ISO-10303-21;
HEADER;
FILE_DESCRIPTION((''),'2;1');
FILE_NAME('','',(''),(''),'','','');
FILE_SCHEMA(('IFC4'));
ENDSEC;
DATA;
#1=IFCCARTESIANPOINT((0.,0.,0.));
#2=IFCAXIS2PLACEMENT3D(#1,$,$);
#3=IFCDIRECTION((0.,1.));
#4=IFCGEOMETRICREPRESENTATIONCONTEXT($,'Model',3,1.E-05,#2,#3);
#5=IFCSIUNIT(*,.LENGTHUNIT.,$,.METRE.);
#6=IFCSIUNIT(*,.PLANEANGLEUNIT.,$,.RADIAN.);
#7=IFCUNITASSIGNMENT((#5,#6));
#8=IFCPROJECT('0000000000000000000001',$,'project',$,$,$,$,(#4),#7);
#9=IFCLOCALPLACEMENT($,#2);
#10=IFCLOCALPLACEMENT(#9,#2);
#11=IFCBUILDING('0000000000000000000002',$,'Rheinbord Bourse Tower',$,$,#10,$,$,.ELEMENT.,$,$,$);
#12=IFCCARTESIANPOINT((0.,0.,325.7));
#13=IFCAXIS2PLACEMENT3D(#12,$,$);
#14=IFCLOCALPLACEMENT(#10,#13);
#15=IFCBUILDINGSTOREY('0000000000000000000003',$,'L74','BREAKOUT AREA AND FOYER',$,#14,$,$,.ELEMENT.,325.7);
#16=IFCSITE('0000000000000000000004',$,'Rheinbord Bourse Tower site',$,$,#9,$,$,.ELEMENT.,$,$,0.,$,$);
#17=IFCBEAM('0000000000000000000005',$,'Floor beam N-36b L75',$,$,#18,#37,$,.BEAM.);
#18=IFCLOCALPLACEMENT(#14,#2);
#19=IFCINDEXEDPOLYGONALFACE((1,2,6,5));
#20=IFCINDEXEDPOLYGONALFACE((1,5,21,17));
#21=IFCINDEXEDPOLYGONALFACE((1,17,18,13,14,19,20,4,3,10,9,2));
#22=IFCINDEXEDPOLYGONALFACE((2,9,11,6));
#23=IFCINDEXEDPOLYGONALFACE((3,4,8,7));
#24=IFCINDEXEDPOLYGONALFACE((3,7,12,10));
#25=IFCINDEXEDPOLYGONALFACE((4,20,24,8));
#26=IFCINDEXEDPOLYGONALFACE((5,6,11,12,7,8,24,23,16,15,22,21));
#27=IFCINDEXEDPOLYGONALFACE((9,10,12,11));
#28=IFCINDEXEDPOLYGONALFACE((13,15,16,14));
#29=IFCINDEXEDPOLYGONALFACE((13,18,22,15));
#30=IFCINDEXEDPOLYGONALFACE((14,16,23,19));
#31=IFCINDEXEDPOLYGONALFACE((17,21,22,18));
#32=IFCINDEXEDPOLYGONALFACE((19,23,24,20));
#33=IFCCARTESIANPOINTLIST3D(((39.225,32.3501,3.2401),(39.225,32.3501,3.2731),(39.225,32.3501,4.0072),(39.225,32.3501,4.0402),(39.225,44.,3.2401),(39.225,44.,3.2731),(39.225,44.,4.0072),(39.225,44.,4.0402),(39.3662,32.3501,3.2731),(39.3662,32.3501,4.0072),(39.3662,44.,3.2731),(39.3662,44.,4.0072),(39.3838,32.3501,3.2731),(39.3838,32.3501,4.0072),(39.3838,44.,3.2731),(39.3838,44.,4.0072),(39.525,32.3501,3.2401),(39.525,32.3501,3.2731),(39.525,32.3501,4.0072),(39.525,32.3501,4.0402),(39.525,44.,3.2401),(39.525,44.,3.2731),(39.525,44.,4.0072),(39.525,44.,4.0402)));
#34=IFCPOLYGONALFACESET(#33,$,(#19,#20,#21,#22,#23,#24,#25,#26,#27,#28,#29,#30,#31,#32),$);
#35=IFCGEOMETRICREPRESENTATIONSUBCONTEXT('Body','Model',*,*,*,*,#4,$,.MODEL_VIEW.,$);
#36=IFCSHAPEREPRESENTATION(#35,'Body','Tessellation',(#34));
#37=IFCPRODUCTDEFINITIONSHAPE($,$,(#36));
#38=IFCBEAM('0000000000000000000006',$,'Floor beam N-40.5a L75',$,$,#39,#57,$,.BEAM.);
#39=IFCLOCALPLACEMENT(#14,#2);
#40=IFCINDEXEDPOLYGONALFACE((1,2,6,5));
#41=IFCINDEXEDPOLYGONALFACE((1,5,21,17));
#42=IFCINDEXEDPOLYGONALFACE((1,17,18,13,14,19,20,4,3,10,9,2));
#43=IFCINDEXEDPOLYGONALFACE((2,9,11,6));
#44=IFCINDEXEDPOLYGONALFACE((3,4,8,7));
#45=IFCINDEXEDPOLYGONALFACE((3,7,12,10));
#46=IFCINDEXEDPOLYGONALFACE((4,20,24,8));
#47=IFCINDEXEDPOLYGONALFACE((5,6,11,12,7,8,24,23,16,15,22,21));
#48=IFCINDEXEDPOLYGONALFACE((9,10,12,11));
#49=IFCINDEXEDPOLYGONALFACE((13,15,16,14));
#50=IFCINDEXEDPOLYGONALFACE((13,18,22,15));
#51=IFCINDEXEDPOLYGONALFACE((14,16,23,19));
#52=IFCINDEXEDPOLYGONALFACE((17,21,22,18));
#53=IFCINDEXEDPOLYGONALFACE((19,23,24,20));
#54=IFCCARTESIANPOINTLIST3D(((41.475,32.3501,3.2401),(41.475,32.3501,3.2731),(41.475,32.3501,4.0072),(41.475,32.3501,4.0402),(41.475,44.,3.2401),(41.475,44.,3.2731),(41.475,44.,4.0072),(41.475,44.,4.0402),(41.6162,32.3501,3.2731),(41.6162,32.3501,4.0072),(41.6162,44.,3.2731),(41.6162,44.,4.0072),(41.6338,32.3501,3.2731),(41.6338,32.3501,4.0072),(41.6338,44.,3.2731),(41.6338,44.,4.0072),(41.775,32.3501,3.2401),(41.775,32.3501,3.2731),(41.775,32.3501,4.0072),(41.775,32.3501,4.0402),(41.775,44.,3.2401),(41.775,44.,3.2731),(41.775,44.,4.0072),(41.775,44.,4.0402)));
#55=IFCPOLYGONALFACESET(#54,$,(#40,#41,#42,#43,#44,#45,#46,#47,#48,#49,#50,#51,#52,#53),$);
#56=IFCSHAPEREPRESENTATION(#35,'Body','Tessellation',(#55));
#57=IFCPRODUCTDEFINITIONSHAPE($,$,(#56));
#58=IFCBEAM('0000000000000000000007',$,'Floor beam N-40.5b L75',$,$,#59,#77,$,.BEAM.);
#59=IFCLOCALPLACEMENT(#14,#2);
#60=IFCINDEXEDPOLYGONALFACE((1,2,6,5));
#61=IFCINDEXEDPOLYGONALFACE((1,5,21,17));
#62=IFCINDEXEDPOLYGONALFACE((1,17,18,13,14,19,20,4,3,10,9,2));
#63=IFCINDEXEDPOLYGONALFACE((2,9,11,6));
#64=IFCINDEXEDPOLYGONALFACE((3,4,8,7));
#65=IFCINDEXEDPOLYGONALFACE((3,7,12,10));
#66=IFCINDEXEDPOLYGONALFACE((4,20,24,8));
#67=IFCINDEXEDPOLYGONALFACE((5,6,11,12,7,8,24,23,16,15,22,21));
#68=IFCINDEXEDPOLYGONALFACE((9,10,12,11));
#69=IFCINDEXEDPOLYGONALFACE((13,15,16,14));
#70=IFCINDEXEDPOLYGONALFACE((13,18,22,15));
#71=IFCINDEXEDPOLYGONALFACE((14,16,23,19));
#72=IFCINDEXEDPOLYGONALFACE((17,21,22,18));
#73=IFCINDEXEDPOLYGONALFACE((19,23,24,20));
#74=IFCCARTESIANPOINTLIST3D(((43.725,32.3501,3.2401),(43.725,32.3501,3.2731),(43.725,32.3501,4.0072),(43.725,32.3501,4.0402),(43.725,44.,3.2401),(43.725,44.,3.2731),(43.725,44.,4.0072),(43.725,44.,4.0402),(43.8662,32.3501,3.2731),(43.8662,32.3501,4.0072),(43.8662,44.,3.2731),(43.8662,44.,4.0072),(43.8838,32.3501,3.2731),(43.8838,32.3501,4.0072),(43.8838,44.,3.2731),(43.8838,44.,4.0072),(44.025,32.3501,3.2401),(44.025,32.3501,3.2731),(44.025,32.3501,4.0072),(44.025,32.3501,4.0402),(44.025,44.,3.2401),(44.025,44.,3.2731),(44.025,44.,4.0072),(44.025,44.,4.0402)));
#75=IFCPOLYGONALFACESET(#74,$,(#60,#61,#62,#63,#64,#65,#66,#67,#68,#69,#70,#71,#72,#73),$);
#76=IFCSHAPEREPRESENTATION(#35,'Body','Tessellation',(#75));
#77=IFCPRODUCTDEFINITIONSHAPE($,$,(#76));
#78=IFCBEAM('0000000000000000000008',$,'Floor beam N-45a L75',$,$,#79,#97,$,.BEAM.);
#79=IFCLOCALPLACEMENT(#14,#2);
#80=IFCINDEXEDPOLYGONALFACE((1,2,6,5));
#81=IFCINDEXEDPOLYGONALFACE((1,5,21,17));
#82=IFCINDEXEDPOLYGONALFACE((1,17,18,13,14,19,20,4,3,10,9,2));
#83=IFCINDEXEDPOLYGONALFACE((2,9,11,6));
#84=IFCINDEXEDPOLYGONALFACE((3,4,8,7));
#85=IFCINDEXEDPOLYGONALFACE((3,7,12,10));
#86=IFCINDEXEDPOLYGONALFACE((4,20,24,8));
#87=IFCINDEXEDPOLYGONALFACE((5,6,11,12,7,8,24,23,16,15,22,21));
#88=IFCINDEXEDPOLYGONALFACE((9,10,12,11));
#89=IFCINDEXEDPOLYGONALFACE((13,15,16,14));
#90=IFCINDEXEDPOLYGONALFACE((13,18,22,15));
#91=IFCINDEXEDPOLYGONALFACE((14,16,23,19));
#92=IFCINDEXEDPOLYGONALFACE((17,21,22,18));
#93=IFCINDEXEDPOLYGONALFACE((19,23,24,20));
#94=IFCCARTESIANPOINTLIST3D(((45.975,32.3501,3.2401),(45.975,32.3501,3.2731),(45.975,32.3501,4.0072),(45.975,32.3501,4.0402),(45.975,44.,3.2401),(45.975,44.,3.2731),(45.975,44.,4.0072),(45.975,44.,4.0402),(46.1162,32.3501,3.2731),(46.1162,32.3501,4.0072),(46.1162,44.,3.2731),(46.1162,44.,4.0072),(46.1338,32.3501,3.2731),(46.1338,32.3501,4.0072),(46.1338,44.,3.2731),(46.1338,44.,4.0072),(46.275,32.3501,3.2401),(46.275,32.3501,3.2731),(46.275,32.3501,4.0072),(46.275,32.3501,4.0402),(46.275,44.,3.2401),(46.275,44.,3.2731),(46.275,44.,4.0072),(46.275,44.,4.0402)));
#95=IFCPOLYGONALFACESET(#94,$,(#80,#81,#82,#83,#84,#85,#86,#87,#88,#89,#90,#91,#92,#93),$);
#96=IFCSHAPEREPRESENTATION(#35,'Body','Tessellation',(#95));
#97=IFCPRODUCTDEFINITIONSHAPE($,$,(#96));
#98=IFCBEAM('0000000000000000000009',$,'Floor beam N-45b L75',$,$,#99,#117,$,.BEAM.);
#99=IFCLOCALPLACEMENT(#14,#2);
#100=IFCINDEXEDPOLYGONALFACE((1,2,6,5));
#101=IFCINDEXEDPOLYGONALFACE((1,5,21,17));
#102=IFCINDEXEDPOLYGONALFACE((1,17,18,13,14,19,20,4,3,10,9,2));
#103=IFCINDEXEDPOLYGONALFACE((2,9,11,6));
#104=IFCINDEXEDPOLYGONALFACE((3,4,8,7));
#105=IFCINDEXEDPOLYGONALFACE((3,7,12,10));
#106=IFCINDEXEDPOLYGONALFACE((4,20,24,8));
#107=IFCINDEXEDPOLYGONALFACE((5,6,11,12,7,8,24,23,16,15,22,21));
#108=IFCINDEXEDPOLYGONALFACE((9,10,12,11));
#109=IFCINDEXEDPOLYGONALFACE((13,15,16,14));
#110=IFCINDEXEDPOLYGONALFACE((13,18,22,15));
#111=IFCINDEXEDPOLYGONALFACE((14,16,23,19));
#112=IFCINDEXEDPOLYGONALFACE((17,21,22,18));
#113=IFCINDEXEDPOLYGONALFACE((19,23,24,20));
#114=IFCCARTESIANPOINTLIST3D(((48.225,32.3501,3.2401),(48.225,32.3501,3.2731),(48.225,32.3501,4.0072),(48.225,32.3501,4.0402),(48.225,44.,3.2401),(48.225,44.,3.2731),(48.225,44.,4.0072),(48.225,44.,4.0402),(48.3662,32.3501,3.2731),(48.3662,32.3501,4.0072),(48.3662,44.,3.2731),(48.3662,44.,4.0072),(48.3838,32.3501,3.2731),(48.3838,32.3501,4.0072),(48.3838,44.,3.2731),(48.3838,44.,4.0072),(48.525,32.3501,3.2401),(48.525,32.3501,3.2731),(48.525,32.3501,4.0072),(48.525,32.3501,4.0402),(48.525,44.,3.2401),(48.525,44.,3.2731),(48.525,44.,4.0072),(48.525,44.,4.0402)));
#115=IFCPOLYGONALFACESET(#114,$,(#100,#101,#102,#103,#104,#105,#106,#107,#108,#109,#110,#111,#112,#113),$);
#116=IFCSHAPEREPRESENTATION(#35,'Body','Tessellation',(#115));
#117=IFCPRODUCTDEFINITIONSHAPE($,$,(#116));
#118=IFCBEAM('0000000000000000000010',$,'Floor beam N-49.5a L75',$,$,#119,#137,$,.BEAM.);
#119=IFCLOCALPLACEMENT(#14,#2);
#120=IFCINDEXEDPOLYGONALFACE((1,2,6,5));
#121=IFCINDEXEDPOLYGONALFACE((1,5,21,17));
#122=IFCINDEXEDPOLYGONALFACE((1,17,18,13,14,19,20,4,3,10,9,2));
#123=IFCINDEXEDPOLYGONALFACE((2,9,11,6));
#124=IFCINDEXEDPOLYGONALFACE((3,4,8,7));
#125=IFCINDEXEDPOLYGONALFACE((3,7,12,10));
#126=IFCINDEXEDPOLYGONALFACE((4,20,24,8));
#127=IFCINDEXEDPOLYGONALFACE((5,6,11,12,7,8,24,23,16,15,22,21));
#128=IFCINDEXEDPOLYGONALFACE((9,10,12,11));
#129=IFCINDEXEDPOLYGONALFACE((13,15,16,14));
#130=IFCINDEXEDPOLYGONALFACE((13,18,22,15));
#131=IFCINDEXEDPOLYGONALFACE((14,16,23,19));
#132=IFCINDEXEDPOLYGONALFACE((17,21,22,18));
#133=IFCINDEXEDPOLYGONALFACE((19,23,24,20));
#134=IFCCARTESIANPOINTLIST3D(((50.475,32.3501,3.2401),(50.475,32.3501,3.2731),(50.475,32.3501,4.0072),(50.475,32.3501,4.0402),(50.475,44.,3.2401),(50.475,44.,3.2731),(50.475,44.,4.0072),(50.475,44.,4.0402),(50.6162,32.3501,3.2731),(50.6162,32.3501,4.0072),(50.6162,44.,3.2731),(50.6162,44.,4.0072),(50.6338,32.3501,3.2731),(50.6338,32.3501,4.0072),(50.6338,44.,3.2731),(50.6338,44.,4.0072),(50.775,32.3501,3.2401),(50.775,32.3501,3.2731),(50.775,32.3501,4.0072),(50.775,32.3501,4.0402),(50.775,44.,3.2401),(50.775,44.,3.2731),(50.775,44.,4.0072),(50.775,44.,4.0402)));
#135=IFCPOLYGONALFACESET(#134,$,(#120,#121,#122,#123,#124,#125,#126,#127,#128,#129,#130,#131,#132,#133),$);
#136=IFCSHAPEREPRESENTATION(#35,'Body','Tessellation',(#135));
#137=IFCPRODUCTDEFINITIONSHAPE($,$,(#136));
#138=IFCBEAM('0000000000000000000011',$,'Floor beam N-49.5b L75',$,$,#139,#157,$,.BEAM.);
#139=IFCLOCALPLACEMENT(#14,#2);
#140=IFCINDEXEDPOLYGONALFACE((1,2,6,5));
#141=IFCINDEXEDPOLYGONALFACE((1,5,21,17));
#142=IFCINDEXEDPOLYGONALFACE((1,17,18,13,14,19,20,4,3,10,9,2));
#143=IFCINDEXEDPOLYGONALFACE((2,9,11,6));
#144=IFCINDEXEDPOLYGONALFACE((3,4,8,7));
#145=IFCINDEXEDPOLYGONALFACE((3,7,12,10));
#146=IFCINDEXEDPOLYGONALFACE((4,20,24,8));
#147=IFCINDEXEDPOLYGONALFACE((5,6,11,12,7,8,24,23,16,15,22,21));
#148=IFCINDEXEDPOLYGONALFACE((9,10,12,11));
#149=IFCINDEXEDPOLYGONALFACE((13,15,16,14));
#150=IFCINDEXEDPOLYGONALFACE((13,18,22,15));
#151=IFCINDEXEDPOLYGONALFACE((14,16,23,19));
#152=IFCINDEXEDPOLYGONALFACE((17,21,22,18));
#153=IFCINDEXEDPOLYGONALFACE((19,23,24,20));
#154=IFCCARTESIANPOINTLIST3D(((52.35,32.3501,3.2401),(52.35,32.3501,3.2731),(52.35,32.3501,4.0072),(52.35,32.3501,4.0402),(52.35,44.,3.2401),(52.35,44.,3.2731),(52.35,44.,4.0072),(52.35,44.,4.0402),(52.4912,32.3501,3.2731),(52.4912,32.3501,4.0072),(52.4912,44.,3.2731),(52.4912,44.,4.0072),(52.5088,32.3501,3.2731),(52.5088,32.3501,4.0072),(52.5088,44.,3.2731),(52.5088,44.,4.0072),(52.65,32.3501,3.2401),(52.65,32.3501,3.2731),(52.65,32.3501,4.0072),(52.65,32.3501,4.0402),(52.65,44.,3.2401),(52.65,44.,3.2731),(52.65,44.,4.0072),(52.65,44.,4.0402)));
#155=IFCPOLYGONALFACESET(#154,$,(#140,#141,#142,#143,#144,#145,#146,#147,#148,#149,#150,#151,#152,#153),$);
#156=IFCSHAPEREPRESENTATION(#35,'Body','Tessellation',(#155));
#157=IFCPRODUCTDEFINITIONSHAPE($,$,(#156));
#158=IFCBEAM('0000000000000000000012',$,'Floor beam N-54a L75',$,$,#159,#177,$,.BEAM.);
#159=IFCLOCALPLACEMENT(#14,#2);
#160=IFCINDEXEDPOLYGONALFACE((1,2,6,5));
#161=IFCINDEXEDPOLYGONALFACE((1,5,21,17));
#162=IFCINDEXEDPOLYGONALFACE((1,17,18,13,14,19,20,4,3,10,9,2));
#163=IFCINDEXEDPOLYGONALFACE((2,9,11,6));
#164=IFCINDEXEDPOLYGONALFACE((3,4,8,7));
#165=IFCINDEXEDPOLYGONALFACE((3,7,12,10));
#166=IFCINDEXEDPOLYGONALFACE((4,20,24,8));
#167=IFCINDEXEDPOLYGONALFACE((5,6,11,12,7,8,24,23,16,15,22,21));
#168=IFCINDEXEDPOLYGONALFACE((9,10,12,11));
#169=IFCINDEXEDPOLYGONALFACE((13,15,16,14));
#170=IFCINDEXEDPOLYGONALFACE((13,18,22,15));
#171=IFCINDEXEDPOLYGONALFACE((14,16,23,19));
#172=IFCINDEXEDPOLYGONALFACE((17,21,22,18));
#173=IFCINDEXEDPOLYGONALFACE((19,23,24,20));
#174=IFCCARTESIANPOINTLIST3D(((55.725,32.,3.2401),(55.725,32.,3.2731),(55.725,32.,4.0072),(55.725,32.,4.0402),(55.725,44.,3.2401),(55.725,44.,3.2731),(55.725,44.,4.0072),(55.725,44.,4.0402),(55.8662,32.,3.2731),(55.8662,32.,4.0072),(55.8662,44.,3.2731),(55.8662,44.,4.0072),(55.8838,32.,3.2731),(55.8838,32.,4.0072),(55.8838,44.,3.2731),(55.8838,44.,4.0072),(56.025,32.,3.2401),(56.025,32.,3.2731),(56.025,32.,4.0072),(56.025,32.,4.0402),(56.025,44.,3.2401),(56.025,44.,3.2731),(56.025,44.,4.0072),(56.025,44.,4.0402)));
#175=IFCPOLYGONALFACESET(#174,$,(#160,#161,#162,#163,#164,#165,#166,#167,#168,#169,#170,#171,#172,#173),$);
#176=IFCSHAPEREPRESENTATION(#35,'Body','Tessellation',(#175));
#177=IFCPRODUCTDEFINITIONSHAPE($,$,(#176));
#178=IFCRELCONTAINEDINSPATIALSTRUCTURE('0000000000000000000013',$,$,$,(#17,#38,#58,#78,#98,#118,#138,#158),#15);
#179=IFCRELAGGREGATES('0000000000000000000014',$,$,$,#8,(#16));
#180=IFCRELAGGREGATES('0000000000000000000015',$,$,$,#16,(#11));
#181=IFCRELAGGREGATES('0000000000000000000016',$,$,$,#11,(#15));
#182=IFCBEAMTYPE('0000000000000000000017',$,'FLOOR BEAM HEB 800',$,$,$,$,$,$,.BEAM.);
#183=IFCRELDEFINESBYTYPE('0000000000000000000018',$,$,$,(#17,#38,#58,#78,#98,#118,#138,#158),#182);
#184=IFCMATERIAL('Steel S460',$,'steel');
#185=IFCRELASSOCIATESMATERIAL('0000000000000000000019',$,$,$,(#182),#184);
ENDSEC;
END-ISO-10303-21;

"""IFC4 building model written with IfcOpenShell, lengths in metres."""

from ifc_helpers import new_model, si_unit, direction, frame, origin, origin_2d, place, context, subcontext, project, spatial, i_section, extrude, material, material_profile, profile_set, type_object, element, save


model = new_model("IFC4")

# Units and contexts
model_context = context("Model", 3, precision=1e-05, world=origin(), true_north=direction((0.0, 1.0)))
body_context = subcontext(model_context, "Body", "Model", "MODEL_VIEW")
ifc_project = project(units=[si_unit("LENGTHUNIT", "METRE"), si_unit("PLANEANGLEUNIT", "RADIAN")], contexts=[model_context])

# Site, building, storey
site_placement = place(None, origin())
site = spatial("IfcSite", under=ifc_project, at=site_placement, Name="Rheinbord Bourse Tower site", CompositionType="ELEMENT", RefElevation=0.0)
building_placement = place(site_placement, origin())
building = spatial("IfcBuilding", under=site, at=building_placement, Name="Rheinbord Bourse Tower", CompositionType="ELEMENT")
storey_placement = place(building_placement, frame((0.0, 0.0, 325.7)))
storey = spatial("IfcBuildingStorey", under=building, at=storey_placement, Name="L74", Description="BREAKOUT AREA AND FOYER", CompositionType="ELEMENT", Elevation=325.7)

# Beams
ifc_material_1 = material(Name="Steel S460", Category="steel")
ifc_material_profile_1 = material_profile(ifc_material_1, i_section(OverallWidth=0.3, OverallDepth=0.8, WebThickness=0.0176, FlangeThickness=0.033, at=origin_2d()), Name="HEB 800")
ifc_profile_set_1 = profile_set([ifc_material_profile_1], Name="Steel S460")
beam_type_1 = type_object("IfcBeamType", Name="FLOOR BEAM HEB 800", PredefinedType="BEAM", material=ifc_profile_set_1)
for number, where, z_axis, x_axis, name in (
    (1, (39.375, 44.0, 3.6401), (0.0, -1.0, 0.0), (1.0, 0.0, 0.0), "Floor beam N-36b L75"),
    (2, (41.625, 44.0, 3.6401), (0.0, -1.0, 0.0), (1.0, 0.0, 0.0), "Floor beam N-40.5a L75"),
    (3, (43.875, 44.0, 3.6401), (0.0, -1.0, 0.0), (1.0, 0.0, 0.0), "Floor beam N-40.5b L75"),
    (4, (46.125, 44.0, 3.6401), (0.0, -1.0, 0.0), (1.0, 0.0, 0.0), "Floor beam N-45a L75"),
    (5, (48.375, 44.0, 3.6401), (0.0, -1.0, 0.0), (1.0, 0.0, 0.0), "Floor beam N-45b L75"),
    (6, (50.625, 44.0, 3.6401), (0.0, -1.0, 0.0), (1.0, 0.0, 0.0), "Floor beam N-49.5a L75"),
    (7, (52.5, 44.0, 3.6401), (0.0, -1.0, 0.0), (1.0, 0.0, 0.0), "Floor beam N-49.5b L75"),
):
    element("IfcBeam", number, at=place(storey_placement, frame(where, z_axis=z_axis, x_axis=x_axis)), inside=storey, type_object=beam_type_1, Name=name, PredefinedType="BEAM", context=body_context, shape_type="SweptSolid", body=[
        extrude(i_section(OverallWidth=0.3, OverallDepth=0.8, WebThickness=0.0176, FlangeThickness=0.033, at=origin_2d()), origin(), (0.0, 0.0, 1.0), 11.6499),
    ])
beam_placement = place(storey_placement, frame((55.875, 44.0, 3.6401), z_axis=(0.0, -1.0, 0.0), x_axis=(1.0, 0.0, 0.0)))
element("IfcBeam", 8, at=beam_placement, inside=storey, type_object=beam_type_1, Name="Floor beam N-54a L75", PredefinedType="BEAM", context=body_context, shape_type="SweptSolid", body=[
    extrude(i_section(OverallWidth=0.3, OverallDepth=0.8, WebThickness=0.0176, FlangeThickness=0.033, at=origin_2d()), origin(), (0.0, 0.0, 1.0), 12.0),
])

save(model, "model.ifc")
